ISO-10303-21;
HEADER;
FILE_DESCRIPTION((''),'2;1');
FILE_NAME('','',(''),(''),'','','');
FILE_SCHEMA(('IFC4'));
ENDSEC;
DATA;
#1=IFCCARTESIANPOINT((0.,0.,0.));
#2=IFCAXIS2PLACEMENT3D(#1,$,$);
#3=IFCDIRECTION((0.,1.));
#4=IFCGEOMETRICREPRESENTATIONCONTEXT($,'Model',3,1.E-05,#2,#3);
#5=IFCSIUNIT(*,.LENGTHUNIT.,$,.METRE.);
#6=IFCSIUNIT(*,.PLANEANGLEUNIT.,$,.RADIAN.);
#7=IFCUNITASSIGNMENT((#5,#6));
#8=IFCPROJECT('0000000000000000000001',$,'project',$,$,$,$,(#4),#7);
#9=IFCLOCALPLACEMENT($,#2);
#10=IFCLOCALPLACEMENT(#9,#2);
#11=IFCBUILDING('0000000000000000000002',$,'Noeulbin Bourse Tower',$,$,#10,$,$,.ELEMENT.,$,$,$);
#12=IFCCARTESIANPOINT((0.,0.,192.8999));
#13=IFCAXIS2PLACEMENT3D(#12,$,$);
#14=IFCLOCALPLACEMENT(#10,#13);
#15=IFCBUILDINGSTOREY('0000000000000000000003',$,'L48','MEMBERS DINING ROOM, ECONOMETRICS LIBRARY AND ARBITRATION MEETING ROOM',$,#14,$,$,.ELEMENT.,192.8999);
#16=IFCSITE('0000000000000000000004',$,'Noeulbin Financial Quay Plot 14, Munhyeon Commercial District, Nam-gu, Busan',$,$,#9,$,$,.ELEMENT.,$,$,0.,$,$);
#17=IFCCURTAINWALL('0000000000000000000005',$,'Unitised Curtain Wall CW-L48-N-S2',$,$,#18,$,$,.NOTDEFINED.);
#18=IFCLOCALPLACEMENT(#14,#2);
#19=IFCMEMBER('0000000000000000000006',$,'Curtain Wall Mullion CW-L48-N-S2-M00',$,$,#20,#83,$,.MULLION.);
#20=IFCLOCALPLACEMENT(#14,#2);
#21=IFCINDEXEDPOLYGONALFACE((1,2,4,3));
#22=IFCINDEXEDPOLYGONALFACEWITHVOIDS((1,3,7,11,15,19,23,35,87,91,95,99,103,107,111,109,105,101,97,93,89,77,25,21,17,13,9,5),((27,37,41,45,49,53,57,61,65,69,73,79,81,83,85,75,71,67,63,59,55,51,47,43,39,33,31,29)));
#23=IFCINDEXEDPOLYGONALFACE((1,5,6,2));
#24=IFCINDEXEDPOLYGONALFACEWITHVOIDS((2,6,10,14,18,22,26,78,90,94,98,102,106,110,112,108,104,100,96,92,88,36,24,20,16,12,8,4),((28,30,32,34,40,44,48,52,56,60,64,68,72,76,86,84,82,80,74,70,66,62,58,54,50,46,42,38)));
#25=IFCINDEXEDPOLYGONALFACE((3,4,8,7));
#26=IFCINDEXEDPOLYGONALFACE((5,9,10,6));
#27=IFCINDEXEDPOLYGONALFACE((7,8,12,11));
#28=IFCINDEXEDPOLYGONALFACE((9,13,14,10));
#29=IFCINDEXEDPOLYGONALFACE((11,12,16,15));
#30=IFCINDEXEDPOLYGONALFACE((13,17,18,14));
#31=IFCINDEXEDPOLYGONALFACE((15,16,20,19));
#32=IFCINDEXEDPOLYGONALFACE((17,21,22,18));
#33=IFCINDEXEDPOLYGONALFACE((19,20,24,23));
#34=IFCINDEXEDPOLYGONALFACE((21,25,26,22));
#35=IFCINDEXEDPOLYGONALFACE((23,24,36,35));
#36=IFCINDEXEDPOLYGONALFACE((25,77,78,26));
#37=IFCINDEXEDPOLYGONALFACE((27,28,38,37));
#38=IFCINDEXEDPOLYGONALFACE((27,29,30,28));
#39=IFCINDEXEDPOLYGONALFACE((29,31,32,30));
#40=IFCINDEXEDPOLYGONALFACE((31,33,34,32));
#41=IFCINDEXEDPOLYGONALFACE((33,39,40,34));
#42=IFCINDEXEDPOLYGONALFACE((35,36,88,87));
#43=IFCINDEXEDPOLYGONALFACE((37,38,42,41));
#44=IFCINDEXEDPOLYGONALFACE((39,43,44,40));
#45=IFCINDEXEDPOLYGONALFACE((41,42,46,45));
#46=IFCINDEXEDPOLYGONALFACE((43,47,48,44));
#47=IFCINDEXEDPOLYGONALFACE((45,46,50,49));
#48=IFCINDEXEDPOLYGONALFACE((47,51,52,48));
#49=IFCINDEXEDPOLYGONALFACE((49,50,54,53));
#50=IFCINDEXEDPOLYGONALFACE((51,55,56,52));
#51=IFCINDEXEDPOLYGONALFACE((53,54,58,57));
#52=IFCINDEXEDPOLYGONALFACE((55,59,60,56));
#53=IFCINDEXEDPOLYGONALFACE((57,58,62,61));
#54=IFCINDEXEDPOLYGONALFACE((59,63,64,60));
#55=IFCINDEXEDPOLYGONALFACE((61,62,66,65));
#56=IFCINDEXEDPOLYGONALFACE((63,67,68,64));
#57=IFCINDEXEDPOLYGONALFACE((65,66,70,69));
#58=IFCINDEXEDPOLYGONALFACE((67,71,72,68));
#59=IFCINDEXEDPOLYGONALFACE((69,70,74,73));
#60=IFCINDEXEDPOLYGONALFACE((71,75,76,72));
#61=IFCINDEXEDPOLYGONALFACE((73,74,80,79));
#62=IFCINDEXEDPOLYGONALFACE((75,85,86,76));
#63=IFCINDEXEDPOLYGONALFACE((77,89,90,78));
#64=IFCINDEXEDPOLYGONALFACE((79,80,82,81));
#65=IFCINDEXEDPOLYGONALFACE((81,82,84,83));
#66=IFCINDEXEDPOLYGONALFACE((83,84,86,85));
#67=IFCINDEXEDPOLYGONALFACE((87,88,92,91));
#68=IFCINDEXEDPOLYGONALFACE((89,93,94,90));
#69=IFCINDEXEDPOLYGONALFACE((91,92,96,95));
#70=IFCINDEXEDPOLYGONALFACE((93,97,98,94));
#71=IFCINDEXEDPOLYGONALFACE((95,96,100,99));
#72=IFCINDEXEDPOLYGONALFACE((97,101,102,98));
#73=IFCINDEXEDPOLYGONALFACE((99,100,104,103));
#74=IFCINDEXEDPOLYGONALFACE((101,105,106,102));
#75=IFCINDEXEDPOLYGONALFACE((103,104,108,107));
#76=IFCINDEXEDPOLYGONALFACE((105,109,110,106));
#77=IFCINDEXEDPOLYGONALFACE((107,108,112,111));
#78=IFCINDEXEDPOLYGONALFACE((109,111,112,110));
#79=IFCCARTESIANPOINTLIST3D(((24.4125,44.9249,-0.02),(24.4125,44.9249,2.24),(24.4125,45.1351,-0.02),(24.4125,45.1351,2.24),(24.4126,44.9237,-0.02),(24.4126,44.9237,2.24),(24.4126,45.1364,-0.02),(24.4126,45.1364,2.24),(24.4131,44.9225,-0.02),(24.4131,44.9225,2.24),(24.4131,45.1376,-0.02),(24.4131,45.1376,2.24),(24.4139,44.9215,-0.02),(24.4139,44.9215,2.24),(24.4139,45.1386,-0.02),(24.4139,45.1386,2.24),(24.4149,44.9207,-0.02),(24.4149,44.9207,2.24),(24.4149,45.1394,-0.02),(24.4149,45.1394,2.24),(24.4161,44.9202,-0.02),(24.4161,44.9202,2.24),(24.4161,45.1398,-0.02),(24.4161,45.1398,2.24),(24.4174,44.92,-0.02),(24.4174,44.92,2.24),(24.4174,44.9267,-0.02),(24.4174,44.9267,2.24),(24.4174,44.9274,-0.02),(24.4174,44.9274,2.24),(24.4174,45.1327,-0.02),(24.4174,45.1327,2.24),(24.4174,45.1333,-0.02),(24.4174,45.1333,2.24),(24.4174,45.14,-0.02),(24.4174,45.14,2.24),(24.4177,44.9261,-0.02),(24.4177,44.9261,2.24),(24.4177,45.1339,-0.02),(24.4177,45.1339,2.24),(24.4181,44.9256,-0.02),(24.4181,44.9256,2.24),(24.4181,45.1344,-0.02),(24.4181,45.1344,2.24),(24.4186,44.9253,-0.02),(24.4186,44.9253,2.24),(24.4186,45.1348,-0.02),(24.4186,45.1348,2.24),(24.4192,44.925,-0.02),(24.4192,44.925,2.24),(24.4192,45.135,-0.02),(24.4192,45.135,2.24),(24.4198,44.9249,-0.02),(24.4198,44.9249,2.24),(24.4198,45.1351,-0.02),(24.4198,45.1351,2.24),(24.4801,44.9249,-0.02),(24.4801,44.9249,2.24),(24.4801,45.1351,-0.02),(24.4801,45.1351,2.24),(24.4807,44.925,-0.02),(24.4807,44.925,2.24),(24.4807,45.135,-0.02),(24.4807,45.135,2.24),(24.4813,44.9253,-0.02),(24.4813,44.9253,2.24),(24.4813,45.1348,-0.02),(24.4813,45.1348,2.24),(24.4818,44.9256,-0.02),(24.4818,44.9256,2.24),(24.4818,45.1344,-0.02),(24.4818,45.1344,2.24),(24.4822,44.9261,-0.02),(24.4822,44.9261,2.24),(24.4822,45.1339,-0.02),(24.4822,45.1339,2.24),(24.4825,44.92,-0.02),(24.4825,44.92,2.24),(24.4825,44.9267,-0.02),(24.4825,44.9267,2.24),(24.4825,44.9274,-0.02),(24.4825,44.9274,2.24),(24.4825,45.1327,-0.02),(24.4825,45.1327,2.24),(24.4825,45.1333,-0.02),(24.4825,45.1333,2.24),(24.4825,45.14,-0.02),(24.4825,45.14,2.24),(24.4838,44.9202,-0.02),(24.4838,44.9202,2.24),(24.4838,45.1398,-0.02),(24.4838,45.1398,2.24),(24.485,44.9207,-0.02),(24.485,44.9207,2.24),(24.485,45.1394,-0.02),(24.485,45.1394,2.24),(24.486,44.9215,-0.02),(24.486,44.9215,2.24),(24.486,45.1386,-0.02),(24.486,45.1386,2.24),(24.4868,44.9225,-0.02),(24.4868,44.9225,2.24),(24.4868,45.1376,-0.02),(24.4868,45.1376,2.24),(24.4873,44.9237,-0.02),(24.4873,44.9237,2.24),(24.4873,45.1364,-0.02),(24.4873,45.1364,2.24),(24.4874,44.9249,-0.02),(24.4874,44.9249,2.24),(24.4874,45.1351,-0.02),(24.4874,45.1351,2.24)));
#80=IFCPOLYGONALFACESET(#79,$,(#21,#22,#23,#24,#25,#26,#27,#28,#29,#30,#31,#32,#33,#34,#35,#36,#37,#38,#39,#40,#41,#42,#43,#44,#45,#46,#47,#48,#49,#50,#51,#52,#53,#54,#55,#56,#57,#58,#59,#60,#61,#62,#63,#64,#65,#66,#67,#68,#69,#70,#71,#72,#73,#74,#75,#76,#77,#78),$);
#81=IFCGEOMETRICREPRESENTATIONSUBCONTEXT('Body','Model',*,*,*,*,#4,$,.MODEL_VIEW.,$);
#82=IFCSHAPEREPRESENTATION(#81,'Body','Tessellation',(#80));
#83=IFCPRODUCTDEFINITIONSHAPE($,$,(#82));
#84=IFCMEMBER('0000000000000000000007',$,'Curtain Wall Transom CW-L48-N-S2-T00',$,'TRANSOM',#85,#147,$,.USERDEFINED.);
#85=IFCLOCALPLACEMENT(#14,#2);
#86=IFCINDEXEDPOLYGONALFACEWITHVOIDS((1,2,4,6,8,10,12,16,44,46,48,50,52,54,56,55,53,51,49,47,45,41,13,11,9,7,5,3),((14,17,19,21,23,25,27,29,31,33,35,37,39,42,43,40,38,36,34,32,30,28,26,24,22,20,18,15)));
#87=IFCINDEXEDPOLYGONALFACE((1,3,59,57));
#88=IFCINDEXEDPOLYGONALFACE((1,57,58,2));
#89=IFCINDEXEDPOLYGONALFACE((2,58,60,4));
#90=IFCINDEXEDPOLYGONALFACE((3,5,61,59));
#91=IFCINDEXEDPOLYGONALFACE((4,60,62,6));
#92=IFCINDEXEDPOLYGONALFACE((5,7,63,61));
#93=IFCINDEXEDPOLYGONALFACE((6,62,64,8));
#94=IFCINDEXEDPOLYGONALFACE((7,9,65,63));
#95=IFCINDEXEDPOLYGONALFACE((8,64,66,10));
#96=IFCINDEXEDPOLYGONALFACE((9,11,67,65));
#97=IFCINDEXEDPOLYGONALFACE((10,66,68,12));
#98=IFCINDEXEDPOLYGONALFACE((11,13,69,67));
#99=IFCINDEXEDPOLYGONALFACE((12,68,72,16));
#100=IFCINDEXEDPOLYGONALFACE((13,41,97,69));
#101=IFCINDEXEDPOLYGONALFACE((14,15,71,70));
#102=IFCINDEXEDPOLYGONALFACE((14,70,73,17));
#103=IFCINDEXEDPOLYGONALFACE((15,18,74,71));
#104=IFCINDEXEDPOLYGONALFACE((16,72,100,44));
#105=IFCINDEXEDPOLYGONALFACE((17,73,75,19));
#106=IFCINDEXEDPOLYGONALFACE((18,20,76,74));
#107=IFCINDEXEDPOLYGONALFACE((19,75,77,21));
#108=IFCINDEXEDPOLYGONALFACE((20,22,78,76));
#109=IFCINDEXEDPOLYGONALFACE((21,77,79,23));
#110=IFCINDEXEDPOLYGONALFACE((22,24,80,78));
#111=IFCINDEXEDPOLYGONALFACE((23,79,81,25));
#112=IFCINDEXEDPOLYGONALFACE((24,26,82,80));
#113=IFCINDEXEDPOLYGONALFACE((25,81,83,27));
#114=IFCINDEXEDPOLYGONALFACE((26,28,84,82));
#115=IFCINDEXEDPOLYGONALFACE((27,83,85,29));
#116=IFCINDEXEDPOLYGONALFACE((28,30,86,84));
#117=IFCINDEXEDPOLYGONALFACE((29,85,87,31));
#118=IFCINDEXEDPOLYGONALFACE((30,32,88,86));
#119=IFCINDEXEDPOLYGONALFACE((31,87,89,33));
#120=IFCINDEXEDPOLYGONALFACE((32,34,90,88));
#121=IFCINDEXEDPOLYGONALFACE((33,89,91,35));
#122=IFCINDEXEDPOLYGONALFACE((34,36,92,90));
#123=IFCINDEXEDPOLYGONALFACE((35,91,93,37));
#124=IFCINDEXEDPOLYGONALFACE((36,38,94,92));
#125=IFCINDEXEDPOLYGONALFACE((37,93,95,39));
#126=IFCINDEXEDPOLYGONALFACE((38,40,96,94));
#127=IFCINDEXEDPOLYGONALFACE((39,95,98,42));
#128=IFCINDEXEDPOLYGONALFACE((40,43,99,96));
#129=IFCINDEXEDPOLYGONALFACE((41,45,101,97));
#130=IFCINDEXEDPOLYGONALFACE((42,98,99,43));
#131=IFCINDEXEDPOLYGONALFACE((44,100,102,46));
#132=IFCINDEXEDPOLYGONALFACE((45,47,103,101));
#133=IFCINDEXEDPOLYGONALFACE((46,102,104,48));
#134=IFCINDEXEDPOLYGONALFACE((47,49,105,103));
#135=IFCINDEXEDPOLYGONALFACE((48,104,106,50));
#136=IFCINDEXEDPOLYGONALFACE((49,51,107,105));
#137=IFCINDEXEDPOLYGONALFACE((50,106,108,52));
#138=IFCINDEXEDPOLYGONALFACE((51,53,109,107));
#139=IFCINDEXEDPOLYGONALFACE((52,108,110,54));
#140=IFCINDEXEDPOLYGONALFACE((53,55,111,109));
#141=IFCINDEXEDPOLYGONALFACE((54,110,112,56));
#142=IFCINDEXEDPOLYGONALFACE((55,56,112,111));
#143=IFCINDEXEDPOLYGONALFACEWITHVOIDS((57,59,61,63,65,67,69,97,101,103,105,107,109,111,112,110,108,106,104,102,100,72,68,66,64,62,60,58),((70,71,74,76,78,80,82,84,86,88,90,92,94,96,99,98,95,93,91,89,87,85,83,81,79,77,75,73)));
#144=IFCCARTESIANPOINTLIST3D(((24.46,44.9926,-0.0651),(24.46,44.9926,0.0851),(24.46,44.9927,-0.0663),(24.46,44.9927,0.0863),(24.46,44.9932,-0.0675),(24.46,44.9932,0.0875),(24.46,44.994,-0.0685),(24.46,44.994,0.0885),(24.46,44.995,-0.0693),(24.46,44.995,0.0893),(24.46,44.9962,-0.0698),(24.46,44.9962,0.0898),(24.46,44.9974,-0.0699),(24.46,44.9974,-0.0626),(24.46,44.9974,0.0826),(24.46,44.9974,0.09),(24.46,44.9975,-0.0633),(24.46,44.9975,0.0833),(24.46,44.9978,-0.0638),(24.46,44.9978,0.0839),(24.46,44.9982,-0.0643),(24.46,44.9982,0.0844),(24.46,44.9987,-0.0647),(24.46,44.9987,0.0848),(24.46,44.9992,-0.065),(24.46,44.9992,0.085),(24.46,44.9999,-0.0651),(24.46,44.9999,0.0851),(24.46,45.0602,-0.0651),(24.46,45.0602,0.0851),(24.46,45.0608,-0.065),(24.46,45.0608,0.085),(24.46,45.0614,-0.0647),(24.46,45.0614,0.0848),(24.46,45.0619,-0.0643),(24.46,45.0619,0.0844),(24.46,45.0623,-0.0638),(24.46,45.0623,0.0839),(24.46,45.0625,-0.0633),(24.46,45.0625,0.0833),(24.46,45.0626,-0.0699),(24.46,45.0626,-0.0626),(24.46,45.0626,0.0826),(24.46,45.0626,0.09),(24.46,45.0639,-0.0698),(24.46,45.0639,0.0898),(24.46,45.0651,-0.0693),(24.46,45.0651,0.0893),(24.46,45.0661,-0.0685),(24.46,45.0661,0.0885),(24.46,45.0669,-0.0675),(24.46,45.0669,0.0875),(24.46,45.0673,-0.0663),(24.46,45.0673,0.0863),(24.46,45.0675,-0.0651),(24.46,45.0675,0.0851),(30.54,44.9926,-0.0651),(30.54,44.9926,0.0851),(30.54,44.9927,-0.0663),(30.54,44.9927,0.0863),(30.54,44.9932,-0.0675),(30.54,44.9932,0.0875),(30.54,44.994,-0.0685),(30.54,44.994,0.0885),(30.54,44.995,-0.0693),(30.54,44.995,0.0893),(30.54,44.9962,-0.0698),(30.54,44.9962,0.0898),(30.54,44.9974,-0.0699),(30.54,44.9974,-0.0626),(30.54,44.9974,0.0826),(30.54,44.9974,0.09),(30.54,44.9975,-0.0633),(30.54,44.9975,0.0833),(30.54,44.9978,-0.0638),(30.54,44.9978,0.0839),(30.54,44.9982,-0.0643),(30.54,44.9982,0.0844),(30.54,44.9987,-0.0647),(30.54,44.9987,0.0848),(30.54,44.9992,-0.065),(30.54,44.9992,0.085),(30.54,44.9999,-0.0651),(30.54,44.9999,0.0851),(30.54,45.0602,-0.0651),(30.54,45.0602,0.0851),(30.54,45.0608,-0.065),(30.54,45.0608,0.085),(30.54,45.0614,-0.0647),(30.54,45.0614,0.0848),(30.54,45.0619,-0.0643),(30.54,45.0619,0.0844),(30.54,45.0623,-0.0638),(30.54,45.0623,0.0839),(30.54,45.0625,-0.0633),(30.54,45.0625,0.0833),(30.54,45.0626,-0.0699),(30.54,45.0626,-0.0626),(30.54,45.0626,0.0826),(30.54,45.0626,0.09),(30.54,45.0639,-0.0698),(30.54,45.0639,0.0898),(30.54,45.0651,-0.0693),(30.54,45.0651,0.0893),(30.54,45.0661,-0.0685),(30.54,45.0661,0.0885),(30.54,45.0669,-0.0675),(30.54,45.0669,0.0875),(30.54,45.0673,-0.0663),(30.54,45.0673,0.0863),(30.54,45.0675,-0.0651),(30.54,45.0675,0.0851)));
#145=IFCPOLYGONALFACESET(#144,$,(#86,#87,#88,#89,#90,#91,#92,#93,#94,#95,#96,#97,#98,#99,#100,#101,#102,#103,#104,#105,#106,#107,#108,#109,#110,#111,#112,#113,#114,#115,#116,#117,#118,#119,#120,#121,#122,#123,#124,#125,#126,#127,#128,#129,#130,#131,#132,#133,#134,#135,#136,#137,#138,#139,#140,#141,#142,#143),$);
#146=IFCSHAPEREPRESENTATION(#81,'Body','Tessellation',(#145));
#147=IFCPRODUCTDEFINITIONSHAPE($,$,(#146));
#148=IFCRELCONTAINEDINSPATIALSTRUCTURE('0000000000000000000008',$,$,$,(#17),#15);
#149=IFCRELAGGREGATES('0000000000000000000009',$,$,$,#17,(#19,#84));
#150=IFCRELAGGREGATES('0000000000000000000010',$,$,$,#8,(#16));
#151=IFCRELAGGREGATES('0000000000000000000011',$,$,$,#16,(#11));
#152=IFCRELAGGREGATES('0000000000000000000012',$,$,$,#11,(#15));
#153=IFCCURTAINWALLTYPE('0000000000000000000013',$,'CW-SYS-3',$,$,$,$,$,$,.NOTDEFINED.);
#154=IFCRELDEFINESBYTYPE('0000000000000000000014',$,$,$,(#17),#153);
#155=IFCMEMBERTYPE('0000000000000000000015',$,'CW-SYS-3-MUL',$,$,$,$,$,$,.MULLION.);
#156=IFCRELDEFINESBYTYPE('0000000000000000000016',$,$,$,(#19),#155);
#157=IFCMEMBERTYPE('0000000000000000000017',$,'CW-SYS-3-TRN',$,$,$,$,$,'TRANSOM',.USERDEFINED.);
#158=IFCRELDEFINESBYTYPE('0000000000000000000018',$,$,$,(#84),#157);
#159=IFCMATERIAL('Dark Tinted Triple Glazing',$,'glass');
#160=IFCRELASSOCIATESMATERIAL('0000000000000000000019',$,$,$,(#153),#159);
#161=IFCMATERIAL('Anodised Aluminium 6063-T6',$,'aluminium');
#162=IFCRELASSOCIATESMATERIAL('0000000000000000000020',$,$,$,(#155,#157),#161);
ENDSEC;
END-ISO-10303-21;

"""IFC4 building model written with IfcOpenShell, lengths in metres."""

from ifc_helpers import new_model, si_unit, direction, frame, origin, origin_2d, place, context, subcontext, project, spatial, hollow_rectangle, extrude, material, material_profile, profile_set, type_object, element, aggregate, save


model = new_model("IFC4")

# Units and contexts
model_context = context("Model", 3, precision=1e-05, world=origin(), true_north=direction((0.0, 1.0)))
body_context = subcontext(model_context, "Body", "Model", "MODEL_VIEW")
ifc_project = project(units=[si_unit("LENGTHUNIT", "METRE"), si_unit("PLANEANGLEUNIT", "RADIAN")], contexts=[model_context])

# Site, building, storey
site_placement = place(None, origin())
site = spatial("IfcSite", under=ifc_project, at=site_placement, Name="Noeulbin Financial Quay Plot 14, Munhyeon Commercial District, Nam-gu, Busan", CompositionType="ELEMENT", RefElevation=0.0)
building_placement = place(site_placement, origin())
building = spatial("IfcBuilding", under=site, at=building_placement, Name="Noeulbin Bourse Tower", CompositionType="ELEMENT")
storey_placement = place(building_placement, frame((0.0, 0.0, 192.8999)))
storey = spatial("IfcBuildingStorey", under=building, at=storey_placement, Name="L48", Description="MEMBERS DINING ROOM, ECONOMETRICS LIBRARY AND ARBITRATION MEETING ROOM", CompositionType="ELEMENT", Elevation=192.8999)

# Curtain wall, members
ifc_material_1 = material(Name="Dark Tinted Triple Glazing", Category="glass")
curtain_wall_type = type_object("IfcCurtainWallType", Name="CW-SYS-3", PredefinedType="NOTDEFINED", material=ifc_material_1)
ifc_material_2 = material(Name="Anodised Aluminium 6063-T6", Category="aluminium")
ifc_material_profile_1 = material_profile(ifc_material_2, hollow_rectangle(XDim=0.075, YDim=0.22, WallThickness=0.0049, InnerFilletRadius=0.0024, OuterFilletRadius=0.0049, at=origin_2d()), Name="ALU-MULL-75x220x5", Category="LoadBearing")
ifc_profile_set_1 = profile_set([ifc_material_profile_1], Name="Anodised Aluminium 6063-T6")
member_type_1 = type_object("IfcMemberType", Name="CW-SYS-3-MUL", PredefinedType="MULLION", material=ifc_profile_set_1)
curtain_wall_1_placement = place(storey_placement, origin())
curtain_wall_1 = element("IfcCurtainWall", 1, at=curtain_wall_1_placement, inside=storey, type_object=curtain_wall_type, Name="Unitised Curtain Wall CW-L48-N-S2", PredefinedType="NOTDEFINED")
member_1_placement = place(storey_placement, frame((24.45, 45.03, -0.02), z_axis=(0.0, 0.0, 1.0), x_axis=(1.0, 0.0, 0.0)))
member_1 = element("IfcMember", 2, at=member_1_placement, type_object=member_type_1, Name="Curtain Wall Mullion CW-L48-N-S2-M00", PredefinedType="MULLION", context=body_context, shape_type="SweptSolid", body=[
    extrude(hollow_rectangle(XDim=0.075, YDim=0.22, WallThickness=0.0049, InnerFilletRadius=0.0024, OuterFilletRadius=0.0049, at=origin_2d()), origin(), (0.0, 0.0, 1.0), 2.26),
])
ifc_material_profile_2 = material_profile(ifc_material_2, hollow_rectangle(XDim=0.075, YDim=0.1599, WallThickness=0.0049, InnerFilletRadius=0.0024, OuterFilletRadius=0.0049, at=origin_2d()), Name="ALU-TRAN-75x160x5", Category="LoadBearing")
ifc_profile_set_2 = profile_set([ifc_material_profile_2], Name="Anodised Aluminium 6063-T6")
member_type_2 = type_object("IfcMemberType", Name="CW-SYS-3-TRN", ElementType="TRANSOM", PredefinedType="USERDEFINED", material=ifc_profile_set_2)
member_2_placement = place(storey_placement, frame((24.46, 45.03, 0.01), z_axis=(1.0, 0.0, 0.0), x_axis=(0.0, 1.0, 0.0)))
member_2 = element("IfcMember", 3, at=member_2_placement, type_object=member_type_2, Name="Curtain Wall Transom CW-L48-N-S2-T00", ObjectType="TRANSOM", PredefinedType="USERDEFINED", context=body_context, shape_type="SweptSolid", body=[
    extrude(hollow_rectangle(XDim=0.075, YDim=0.1599, WallThickness=0.0049, InnerFilletRadius=0.0024, OuterFilletRadius=0.0049, at=origin_2d()), origin(), (0.0, 0.0, 1.0), 6.0801),
])

aggregate(curtain_wall_1, [member_1, member_2])

save(model, "model.ifc")
